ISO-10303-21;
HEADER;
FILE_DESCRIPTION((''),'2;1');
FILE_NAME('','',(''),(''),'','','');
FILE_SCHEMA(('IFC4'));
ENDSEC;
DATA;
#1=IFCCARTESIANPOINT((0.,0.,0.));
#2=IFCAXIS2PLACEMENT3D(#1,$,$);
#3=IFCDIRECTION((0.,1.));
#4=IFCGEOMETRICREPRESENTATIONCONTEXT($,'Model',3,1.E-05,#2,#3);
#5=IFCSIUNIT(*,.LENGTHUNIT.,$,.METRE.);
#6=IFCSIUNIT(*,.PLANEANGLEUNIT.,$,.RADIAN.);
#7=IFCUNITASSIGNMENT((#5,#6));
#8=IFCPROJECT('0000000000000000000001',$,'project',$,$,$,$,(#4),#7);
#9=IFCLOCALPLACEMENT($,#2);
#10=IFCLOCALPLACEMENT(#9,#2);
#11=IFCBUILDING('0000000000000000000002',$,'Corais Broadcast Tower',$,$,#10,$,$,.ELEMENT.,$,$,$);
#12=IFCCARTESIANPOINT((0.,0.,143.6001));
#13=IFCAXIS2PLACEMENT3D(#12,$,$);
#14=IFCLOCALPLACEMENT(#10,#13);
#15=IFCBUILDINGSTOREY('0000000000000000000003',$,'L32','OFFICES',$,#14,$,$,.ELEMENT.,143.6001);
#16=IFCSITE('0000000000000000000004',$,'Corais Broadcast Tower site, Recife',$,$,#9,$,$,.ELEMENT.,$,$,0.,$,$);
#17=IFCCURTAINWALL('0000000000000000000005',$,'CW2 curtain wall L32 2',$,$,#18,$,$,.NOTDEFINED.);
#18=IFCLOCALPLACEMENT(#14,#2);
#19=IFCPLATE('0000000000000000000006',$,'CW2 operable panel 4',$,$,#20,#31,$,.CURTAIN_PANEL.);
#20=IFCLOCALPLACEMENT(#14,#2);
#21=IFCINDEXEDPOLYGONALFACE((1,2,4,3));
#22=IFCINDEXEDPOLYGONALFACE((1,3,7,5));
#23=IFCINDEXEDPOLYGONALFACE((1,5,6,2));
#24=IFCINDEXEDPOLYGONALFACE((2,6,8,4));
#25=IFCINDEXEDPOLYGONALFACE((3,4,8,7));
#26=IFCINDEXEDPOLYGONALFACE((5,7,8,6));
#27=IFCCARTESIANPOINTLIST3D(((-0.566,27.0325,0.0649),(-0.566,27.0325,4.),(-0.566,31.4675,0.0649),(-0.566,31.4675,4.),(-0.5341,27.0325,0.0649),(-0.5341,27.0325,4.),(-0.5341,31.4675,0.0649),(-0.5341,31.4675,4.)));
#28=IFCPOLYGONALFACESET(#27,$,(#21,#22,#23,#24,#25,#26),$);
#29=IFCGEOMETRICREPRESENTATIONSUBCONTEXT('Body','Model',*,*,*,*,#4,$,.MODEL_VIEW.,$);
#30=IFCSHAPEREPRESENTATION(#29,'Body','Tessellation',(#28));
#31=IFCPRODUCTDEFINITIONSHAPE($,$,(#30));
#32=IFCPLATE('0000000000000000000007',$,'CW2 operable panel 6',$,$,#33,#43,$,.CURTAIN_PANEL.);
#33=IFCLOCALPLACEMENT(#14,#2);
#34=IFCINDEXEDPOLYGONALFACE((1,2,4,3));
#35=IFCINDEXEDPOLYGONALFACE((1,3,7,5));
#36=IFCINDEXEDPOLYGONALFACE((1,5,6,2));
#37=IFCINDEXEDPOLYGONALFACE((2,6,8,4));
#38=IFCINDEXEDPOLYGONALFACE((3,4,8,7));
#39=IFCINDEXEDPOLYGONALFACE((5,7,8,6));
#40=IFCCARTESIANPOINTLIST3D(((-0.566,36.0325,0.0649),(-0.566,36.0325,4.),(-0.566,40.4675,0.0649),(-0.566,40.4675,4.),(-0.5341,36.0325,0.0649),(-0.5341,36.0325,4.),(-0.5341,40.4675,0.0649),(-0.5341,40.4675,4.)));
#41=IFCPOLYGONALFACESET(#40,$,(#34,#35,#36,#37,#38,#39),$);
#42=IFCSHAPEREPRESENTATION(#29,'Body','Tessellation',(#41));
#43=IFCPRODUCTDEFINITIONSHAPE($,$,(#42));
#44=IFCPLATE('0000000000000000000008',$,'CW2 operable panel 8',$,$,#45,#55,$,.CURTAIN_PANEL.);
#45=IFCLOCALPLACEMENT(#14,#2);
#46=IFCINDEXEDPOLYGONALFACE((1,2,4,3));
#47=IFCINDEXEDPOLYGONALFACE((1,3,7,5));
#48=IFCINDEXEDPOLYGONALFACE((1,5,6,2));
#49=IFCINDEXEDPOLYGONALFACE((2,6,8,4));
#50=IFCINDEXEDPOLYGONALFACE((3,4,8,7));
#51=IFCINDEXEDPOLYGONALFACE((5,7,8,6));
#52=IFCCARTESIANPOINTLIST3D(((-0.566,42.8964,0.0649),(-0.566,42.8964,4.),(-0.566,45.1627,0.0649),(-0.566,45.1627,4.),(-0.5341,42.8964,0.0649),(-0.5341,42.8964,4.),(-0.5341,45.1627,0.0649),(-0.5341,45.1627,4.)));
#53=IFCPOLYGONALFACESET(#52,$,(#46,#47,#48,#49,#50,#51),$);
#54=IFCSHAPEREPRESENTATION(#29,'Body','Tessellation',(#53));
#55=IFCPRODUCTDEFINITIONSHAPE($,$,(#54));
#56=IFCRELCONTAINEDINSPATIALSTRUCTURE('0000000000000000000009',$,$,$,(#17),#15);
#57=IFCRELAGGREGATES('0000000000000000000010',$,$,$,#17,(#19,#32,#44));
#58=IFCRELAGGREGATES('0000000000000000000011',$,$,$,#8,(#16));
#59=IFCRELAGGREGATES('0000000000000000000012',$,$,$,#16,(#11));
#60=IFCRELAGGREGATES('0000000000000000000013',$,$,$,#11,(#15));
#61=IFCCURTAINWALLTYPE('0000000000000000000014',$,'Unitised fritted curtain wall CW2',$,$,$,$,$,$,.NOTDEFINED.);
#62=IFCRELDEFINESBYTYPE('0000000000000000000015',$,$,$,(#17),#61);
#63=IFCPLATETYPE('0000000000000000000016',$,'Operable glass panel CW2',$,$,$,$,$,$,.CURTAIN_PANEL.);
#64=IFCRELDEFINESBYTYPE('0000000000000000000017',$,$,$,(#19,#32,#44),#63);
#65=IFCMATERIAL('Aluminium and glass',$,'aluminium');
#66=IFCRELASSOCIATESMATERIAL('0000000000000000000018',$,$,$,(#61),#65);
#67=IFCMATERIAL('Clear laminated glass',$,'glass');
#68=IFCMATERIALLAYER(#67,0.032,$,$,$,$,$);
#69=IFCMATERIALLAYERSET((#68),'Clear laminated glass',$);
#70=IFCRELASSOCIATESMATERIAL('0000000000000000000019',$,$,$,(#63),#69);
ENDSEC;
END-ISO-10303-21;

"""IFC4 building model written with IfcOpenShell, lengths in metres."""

from ifc_helpers import new_model, si_unit, direction, frame, origin, origin_2d, place, context, subcontext, project, spatial, rectangle, extrude, material, layer, layer_set, type_object, element, aggregate, save


model = new_model("IFC4")

# Units and contexts
model_context = context("Model", 3, precision=1e-05, world=origin(), true_north=direction((0.0, 1.0)))
body_context = subcontext(model_context, "Body", "Model", "MODEL_VIEW")
ifc_project = project(units=[si_unit("LENGTHUNIT", "METRE"), si_unit("PLANEANGLEUNIT", "RADIAN")], contexts=[model_context])

# Site, building, storey
site_placement = place(None, origin())
site = spatial("IfcSite", under=ifc_project, at=site_placement, Name="Corais Broadcast Tower site, Recife", CompositionType="ELEMENT", RefElevation=0.0)
building_placement = place(site_placement, origin())
building = spatial("IfcBuilding", under=site, at=building_placement, Name="Corais Broadcast Tower", CompositionType="ELEMENT")
storey_placement = place(building_placement, frame((0.0, 0.0, 143.6001)))
storey = spatial("IfcBuildingStorey", under=building, at=storey_placement, Name="L32", Description="OFFICES", CompositionType="ELEMENT", Elevation=143.6001)

# Curtain wall
ifc_material_1 = material(Name="Aluminium and glass", Category="aluminium")
curtain_wall_type = type_object("IfcCurtainWallType", Name="Unitised fritted curtain wall CW2", PredefinedType="NOTDEFINED", material=ifc_material_1)
curtain_wall_placement = place(storey_placement, origin())
curtain_wall = element("IfcCurtainWall", 1, at=curtain_wall_placement, inside=storey, type_object=curtain_wall_type, Name="CW2 curtain wall L32 2", PredefinedType="NOTDEFINED")

# Plates
ifc_material_2 = material(Name="Clear laminated glass", Category="glass")
ifc_layer_1 = layer(ifc_material_2, 0.032)
ifc_layer_set_1 = layer_set([ifc_layer_1], Name="Clear laminated glass")
plate_type_1 = type_object("IfcPlateType", Name="Operable glass panel CW2", PredefinedType="CURTAIN_PANEL", material=ifc_layer_set_1)
plate_1_placement = place(storey_placement, frame((-0.55, 29.25, 0.0649), z_axis=(0.0, 0.0, 1.0), x_axis=(0.0, 1.0, 0.0)))
plate_1 = element("IfcPlate", 2, at=plate_1_placement, type_object=plate_type_1, Name="CW2 operable panel 4", PredefinedType="CURTAIN_PANEL", context=body_context, shape_type="SweptSolid", body=[
    extrude(rectangle(XDim=4.4351, YDim=0.032, at=origin_2d()), origin(), (0.0, 0.0, 1.0), 3.9351),
])
plate_2_placement = place(storey_placement, frame((-0.55, 38.25, 0.0649), z_axis=(0.0, 0.0, 1.0), x_axis=(0.0, 1.0, 0.0)))
plate_2 = element("IfcPlate", 3, at=plate_2_placement, type_object=plate_type_1, Name="CW2 operable panel 6", PredefinedType="CURTAIN_PANEL", context=body_context, shape_type="SweptSolid", body=[
    extrude(rectangle(XDim=4.4351, YDim=0.032, at=origin_2d()), origin(), (0.0, 0.0, 1.0), 3.9351),
])
plate_3_placement = place(storey_placement, frame((-0.55, 44.0295, 0.0649), z_axis=(0.0, 0.0, 1.0), x_axis=(0.0, 1.0, 0.0)))
plate_3 = element("IfcPlate", 4, at=plate_3_placement, type_object=plate_type_1, Name="CW2 operable panel 8", PredefinedType="CURTAIN_PANEL", context=body_context, shape_type="SweptSolid", body=[
    extrude(rectangle(XDim=2.2664, YDim=0.032, at=origin_2d()), origin(), (0.0, 0.0, 1.0), 3.9351),
])
aggregate(curtain_wall, [plate_1, plate_2, plate_3])

save(model, "model.ifc")
